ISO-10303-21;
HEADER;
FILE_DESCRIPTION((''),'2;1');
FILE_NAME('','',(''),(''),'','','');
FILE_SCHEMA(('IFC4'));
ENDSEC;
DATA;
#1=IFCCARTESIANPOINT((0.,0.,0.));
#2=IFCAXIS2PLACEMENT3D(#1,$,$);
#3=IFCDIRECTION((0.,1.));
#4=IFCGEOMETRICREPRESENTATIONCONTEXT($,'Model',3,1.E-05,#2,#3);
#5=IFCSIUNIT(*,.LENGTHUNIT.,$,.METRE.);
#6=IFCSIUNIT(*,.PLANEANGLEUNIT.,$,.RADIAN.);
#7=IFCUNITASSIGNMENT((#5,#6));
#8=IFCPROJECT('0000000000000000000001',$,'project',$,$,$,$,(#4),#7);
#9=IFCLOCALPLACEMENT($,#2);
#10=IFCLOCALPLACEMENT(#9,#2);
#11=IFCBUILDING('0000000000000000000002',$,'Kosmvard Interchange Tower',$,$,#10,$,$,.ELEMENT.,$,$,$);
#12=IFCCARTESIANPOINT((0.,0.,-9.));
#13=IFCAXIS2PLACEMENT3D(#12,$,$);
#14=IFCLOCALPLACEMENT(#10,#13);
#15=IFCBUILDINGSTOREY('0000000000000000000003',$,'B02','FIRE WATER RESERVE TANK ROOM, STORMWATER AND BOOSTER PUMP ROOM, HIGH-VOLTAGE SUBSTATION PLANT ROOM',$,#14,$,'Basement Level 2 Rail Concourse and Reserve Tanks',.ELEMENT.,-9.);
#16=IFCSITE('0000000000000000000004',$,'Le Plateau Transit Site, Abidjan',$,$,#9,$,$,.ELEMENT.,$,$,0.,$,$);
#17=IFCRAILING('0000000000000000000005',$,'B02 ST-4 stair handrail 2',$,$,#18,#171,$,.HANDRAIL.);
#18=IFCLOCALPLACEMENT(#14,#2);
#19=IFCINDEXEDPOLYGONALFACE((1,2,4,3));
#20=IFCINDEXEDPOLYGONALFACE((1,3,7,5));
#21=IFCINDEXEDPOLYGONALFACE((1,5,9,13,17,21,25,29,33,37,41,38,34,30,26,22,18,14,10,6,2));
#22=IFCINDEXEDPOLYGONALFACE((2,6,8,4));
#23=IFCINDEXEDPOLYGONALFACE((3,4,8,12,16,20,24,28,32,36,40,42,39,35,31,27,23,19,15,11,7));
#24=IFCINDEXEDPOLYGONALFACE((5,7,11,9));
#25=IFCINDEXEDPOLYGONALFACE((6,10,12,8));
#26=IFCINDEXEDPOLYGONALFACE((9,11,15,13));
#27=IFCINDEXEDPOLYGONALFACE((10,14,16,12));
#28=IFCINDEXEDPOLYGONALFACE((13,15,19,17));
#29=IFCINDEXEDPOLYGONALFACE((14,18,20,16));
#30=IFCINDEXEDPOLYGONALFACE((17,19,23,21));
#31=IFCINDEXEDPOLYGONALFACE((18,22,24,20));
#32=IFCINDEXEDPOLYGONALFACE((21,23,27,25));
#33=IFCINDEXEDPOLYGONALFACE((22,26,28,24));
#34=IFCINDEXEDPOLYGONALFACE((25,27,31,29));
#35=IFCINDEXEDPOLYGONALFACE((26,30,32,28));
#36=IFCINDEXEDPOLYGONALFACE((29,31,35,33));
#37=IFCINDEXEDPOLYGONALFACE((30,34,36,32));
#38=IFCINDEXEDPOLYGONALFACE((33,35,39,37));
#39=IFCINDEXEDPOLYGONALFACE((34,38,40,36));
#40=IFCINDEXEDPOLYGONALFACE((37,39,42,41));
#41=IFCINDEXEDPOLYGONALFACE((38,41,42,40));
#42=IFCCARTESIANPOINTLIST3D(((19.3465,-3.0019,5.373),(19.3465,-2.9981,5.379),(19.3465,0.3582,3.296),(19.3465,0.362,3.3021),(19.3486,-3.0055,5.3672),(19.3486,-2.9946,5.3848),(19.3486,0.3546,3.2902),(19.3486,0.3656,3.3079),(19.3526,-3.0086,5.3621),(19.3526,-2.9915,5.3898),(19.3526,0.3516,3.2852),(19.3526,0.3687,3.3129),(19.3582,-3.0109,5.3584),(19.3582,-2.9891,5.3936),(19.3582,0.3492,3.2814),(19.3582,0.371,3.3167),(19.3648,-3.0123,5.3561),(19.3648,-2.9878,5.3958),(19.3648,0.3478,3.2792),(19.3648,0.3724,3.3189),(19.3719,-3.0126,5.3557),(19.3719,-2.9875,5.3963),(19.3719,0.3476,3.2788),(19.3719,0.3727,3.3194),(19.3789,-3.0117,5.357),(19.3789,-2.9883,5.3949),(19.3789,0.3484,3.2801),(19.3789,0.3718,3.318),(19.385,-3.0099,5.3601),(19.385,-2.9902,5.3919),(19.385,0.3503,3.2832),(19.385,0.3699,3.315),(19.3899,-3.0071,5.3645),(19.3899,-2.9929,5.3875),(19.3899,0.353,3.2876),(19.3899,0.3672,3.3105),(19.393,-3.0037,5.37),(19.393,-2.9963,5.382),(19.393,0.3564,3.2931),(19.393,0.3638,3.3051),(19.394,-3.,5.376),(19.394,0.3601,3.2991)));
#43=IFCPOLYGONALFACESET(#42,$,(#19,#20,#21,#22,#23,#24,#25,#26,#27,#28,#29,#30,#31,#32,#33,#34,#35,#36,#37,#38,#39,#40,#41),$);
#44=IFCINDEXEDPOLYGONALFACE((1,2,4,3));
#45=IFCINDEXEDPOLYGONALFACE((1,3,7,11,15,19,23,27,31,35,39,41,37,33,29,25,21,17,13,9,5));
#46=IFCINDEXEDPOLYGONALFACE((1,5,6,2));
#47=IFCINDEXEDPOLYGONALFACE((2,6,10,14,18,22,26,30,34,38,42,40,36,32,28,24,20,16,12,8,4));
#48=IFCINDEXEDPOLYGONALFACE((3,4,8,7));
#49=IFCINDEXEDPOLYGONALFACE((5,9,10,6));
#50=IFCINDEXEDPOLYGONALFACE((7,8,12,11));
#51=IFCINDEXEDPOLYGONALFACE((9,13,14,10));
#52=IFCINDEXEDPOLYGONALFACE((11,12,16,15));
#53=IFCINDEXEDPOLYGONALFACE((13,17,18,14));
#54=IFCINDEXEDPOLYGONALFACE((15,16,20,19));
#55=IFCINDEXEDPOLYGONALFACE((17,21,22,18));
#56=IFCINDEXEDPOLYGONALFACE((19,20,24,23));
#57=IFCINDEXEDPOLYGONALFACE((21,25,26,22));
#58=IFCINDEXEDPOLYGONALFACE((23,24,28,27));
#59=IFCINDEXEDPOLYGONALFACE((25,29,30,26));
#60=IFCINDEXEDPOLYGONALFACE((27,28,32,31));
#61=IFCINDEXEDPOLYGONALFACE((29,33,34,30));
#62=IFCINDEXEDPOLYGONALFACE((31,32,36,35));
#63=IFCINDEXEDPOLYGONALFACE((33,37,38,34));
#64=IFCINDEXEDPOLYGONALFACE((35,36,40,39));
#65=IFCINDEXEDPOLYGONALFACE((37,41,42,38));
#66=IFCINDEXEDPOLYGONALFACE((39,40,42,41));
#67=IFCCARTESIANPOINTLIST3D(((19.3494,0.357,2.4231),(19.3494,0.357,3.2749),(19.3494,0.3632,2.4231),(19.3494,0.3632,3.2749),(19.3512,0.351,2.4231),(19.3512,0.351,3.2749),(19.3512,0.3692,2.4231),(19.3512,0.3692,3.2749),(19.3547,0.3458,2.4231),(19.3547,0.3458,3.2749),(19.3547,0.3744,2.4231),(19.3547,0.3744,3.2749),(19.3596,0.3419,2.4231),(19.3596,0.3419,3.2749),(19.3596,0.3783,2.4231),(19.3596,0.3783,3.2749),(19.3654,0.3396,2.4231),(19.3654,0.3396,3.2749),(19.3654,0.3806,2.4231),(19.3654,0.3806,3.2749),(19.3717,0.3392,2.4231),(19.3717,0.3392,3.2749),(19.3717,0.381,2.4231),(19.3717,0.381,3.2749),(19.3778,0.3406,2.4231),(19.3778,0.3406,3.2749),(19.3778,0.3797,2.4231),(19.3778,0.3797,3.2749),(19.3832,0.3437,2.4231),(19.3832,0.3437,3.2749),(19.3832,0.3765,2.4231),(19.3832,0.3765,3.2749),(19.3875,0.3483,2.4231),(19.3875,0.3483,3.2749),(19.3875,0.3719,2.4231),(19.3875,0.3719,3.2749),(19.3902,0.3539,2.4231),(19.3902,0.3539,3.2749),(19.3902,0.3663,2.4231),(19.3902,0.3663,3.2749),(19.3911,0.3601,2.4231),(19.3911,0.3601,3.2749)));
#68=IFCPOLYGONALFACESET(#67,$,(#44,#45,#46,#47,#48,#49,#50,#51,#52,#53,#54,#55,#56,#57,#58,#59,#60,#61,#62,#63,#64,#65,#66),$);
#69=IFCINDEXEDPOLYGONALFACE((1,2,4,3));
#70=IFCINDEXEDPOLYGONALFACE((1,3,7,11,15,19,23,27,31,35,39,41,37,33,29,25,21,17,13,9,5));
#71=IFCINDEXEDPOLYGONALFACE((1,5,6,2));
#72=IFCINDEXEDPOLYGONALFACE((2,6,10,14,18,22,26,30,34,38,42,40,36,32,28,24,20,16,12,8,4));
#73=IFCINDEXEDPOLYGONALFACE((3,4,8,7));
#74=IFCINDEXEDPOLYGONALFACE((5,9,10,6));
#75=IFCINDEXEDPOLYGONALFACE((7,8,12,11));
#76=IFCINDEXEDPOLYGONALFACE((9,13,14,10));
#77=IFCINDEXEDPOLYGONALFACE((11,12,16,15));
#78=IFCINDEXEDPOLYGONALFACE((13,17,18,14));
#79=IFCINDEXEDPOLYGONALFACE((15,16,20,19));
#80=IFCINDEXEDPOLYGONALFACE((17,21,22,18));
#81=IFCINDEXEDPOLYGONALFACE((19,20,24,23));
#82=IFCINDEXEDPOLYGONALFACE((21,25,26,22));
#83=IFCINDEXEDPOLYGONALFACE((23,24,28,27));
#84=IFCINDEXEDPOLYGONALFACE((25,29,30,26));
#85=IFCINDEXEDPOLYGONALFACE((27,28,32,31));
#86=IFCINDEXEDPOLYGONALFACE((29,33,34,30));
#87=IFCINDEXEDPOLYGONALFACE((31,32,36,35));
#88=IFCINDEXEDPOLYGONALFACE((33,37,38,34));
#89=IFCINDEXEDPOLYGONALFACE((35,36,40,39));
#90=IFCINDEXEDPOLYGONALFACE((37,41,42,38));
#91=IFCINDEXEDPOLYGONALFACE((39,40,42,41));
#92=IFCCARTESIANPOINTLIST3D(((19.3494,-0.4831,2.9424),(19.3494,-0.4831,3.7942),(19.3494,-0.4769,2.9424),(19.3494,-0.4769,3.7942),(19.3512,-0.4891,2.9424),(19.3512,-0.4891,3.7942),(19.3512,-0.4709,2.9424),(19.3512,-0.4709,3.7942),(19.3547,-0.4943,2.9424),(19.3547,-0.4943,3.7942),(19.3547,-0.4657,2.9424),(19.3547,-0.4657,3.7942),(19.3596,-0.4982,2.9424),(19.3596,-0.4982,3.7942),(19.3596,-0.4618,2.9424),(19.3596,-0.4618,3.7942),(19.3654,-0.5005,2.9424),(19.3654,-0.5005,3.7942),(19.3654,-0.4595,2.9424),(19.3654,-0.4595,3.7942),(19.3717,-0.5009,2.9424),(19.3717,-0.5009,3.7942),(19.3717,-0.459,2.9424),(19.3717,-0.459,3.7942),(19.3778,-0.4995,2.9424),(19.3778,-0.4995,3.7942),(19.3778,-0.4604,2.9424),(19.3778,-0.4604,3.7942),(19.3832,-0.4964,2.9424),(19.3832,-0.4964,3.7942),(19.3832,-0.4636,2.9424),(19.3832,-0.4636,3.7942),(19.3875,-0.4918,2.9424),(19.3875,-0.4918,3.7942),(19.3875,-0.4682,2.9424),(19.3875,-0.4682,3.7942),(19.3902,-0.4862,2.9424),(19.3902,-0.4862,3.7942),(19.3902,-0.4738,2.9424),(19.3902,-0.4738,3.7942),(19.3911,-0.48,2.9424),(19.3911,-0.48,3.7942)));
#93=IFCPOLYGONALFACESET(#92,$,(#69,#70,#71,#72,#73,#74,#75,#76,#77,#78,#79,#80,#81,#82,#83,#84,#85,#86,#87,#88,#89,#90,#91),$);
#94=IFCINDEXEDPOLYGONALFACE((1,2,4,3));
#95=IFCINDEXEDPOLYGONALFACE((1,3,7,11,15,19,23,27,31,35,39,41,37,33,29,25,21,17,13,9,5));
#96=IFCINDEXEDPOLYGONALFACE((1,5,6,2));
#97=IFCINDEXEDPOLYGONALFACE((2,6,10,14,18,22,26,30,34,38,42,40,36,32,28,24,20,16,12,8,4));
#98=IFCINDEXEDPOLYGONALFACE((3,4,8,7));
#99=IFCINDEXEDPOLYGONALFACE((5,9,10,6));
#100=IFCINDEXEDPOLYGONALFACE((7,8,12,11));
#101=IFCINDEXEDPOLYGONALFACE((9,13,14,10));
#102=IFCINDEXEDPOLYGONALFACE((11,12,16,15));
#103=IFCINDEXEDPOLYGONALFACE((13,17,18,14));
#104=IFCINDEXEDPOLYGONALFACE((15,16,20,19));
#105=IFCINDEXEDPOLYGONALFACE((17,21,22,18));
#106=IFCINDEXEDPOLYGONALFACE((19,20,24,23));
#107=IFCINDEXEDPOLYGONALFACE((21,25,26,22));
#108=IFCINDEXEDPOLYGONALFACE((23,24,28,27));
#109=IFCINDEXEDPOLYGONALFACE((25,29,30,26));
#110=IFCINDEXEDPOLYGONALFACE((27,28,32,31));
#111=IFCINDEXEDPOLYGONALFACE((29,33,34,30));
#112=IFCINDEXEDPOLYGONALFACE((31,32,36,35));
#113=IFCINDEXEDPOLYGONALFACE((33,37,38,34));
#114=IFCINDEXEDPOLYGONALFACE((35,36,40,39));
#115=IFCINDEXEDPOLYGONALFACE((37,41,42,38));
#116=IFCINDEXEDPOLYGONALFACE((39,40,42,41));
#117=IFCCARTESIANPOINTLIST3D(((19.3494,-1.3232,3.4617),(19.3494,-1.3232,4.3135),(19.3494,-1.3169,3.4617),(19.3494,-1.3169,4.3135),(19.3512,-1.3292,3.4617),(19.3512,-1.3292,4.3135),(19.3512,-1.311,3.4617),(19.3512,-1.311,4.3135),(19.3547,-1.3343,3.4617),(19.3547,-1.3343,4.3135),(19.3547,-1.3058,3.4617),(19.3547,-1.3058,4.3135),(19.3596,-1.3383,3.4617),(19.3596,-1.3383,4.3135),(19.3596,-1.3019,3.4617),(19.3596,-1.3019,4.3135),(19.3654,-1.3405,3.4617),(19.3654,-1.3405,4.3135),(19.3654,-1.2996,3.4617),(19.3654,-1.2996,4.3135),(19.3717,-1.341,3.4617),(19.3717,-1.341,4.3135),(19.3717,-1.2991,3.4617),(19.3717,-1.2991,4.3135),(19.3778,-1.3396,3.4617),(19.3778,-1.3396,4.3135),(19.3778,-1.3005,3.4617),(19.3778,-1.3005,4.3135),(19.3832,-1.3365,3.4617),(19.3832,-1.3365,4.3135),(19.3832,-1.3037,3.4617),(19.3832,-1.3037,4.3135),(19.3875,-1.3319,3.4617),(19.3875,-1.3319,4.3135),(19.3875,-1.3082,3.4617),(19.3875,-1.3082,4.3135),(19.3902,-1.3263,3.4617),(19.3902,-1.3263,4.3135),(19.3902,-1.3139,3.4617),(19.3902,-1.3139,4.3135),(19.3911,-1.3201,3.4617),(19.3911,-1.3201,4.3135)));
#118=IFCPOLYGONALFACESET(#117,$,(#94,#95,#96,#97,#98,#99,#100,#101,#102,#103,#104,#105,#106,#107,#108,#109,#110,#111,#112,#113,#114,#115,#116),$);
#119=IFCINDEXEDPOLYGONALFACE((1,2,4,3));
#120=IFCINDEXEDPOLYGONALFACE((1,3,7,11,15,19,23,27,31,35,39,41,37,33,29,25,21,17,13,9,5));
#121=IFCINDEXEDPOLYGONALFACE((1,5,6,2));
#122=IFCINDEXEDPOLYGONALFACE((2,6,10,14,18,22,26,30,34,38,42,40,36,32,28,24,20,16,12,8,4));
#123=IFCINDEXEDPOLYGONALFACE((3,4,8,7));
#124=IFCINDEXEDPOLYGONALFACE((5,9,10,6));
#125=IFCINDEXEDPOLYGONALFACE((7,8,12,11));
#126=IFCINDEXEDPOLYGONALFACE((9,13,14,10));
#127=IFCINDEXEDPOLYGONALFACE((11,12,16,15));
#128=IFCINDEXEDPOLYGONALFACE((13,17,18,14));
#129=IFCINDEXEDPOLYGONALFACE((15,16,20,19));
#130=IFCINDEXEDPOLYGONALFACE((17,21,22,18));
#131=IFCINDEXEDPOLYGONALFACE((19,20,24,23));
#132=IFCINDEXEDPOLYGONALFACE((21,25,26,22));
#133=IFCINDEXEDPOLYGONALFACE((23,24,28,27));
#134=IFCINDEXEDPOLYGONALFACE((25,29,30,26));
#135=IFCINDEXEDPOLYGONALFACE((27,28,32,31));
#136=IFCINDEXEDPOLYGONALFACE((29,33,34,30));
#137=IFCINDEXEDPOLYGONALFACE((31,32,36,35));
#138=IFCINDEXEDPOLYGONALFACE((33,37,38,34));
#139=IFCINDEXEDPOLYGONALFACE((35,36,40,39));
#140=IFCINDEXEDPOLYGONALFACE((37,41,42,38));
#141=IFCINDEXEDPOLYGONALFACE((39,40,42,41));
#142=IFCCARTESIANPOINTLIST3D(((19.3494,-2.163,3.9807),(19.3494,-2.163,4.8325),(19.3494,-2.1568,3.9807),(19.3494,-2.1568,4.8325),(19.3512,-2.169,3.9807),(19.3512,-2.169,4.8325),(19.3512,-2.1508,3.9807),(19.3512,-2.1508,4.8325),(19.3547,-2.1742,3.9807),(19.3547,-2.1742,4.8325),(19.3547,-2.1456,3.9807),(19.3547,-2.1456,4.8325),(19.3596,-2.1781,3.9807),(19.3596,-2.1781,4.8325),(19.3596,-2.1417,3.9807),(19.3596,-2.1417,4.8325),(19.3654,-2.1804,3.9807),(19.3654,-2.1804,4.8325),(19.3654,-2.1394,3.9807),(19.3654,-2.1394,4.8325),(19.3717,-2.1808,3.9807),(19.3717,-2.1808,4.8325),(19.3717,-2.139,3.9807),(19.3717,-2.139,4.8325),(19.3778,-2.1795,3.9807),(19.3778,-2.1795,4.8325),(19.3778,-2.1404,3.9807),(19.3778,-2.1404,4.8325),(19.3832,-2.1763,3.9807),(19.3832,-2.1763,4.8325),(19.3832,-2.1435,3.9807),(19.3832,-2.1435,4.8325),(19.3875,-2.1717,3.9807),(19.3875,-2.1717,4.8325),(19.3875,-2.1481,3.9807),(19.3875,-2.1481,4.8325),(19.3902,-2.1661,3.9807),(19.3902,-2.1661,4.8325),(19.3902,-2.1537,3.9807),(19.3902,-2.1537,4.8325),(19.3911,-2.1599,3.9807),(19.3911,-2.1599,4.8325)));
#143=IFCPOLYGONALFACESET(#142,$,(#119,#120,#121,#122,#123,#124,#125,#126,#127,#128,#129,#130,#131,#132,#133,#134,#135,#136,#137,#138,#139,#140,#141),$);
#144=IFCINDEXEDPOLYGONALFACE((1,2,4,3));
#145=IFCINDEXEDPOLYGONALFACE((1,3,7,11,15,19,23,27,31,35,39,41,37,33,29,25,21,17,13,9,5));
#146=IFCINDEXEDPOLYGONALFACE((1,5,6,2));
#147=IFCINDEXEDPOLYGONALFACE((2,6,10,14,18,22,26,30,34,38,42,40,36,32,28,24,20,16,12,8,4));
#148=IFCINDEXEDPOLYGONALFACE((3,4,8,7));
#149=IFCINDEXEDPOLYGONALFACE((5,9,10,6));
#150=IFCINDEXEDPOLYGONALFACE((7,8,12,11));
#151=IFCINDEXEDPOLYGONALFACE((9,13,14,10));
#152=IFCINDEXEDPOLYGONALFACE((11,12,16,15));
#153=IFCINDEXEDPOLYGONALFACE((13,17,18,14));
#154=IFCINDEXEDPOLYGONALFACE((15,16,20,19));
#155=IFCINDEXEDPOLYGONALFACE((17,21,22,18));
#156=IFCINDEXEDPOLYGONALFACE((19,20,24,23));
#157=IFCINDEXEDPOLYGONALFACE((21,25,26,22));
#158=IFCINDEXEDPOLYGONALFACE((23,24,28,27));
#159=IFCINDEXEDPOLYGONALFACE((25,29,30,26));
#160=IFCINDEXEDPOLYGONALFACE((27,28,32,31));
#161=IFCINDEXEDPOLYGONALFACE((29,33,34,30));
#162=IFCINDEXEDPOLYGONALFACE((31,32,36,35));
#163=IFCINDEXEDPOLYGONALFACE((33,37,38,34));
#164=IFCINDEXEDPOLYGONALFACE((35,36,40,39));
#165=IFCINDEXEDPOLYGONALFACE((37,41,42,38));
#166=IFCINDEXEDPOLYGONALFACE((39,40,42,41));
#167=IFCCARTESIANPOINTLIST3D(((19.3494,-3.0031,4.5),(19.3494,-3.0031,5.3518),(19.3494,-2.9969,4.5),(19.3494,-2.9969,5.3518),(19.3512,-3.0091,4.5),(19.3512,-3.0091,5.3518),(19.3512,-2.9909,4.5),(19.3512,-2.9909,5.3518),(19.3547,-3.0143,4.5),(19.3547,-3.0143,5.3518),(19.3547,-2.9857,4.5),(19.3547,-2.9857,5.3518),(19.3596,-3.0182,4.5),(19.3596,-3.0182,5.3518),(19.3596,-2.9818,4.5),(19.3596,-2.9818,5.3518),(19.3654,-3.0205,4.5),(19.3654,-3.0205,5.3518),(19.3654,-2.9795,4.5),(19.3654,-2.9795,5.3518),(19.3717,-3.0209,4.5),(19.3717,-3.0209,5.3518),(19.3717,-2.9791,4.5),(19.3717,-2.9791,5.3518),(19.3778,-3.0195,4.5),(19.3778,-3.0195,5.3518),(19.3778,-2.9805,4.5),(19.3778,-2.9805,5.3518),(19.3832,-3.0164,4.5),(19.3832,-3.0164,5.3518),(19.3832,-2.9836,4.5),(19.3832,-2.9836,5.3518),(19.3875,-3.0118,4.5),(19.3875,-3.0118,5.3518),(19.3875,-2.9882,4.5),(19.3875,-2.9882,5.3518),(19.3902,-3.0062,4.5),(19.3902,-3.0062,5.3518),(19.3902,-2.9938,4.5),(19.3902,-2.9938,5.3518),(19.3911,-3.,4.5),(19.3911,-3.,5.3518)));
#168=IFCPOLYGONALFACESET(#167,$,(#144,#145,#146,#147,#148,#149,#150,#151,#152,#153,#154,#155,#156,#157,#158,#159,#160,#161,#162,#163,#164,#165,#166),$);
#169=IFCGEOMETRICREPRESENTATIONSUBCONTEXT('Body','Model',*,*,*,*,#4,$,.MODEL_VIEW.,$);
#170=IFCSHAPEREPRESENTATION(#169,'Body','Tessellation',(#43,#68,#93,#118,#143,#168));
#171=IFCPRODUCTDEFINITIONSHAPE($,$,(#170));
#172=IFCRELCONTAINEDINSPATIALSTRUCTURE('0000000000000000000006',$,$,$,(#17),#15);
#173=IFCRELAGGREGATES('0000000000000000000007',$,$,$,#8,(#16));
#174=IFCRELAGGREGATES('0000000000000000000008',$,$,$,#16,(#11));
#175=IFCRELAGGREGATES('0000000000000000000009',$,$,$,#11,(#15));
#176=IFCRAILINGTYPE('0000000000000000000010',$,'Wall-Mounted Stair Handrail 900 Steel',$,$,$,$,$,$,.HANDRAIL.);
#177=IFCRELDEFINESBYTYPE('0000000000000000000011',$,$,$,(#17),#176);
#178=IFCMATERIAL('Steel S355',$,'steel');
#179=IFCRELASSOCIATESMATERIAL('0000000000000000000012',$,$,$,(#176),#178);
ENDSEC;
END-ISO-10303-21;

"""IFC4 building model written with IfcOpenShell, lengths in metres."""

from ifc_helpers import new_model, si_unit, direction, frame, origin, origin_2d, place, context, subcontext, project, spatial, circle, extrude, source, transform, mapped, material, type_object, element, save


model = new_model("IFC4")

# Units and contexts
model_context = context("Model", 3, precision=1e-05, world=origin(), true_north=direction((0.0, 1.0)))
body_context = subcontext(model_context, "Body", "Model", "MODEL_VIEW")
ifc_project = project(units=[si_unit("LENGTHUNIT", "METRE"), si_unit("PLANEANGLEUNIT", "RADIAN")], contexts=[model_context])

# Site, building, storey
site_placement = place(None, origin())
site = spatial("IfcSite", under=ifc_project, at=site_placement, Name="Le Plateau Transit Site, Abidjan", CompositionType="ELEMENT", RefElevation=0.0)
building_placement = place(site_placement, origin())
building = spatial("IfcBuilding", under=site, at=building_placement, Name="Kosmvard Interchange Tower", CompositionType="ELEMENT")
storey_placement = place(building_placement, frame((0.0, 0.0, -9.0)))
storey = spatial("IfcBuildingStorey", under=building, at=storey_placement, Name="B02", Description="FIRE WATER RESERVE TANK ROOM, STORMWATER AND BOOSTER PUMP ROOM, HIGH-VOLTAGE SUBSTATION PLANT ROOM", LongName="Basement Level 2 Rail Concourse and Reserve Tanks", CompositionType="ELEMENT", Elevation=-9.0)

# Railing
ifc_material_1 = material(Name="Steel S355", Category="steel")
railing_type_1 = type_object("IfcRailingType", Name="Wall-Mounted Stair Handrail 900 Steel", PredefinedType="HANDRAIL", material=ifc_material_1)
shared_shape_1 = source(origin(), body_context, "Body", "SweptSolid", [
    extrude(circle(Radius=0.0239, at=origin_2d()), frame((0.0, 0.0, 0.876), z_axis=(0.0, -0.850623, 0.525776), x_axis=(1.0, 0.0, 0.0)), (0.0, 0.0, 1.0), 3.9502),
    extrude(circle(Radius=0.021, at=origin_2d()), origin(), (0.0, 0.0, 1.0), 0.8518),
    extrude(circle(Radius=0.021, at=origin_2d()), frame((0.0, -0.8401, 0.5193)), (0.0, 0.0, 1.0), 0.8518),
    extrude(circle(Radius=0.021, at=origin_2d()), frame((0.0, -1.6802, 1.0386)), (0.0, 0.0, 1.0), 0.8518),
    extrude(circle(Radius=0.021, at=origin_2d()), frame((0.0, -2.52, 1.5576)), (0.0, 0.0, 1.0), 0.8518),
    extrude(circle(Radius=0.021, at=origin_2d()), frame((0.0, -3.3601, 2.0769)), (0.0, 0.0, 1.0), 0.8518),
])
railing_1_placement = place(storey_placement, frame((19.3701, 0.3601, 2.4231)))
element("IfcRailing", 1, at=railing_1_placement, inside=storey, type_object=railing_type_1, Name="B02 ST-4 stair handrail 2", PredefinedType="HANDRAIL", context=body_context, shape_type="MappedRepresentation", body=[
    mapped(shared_shape_1, transform((0.0, 0.0, 0.0), scale=1.0)),
])

save(model, "model.ifc")
